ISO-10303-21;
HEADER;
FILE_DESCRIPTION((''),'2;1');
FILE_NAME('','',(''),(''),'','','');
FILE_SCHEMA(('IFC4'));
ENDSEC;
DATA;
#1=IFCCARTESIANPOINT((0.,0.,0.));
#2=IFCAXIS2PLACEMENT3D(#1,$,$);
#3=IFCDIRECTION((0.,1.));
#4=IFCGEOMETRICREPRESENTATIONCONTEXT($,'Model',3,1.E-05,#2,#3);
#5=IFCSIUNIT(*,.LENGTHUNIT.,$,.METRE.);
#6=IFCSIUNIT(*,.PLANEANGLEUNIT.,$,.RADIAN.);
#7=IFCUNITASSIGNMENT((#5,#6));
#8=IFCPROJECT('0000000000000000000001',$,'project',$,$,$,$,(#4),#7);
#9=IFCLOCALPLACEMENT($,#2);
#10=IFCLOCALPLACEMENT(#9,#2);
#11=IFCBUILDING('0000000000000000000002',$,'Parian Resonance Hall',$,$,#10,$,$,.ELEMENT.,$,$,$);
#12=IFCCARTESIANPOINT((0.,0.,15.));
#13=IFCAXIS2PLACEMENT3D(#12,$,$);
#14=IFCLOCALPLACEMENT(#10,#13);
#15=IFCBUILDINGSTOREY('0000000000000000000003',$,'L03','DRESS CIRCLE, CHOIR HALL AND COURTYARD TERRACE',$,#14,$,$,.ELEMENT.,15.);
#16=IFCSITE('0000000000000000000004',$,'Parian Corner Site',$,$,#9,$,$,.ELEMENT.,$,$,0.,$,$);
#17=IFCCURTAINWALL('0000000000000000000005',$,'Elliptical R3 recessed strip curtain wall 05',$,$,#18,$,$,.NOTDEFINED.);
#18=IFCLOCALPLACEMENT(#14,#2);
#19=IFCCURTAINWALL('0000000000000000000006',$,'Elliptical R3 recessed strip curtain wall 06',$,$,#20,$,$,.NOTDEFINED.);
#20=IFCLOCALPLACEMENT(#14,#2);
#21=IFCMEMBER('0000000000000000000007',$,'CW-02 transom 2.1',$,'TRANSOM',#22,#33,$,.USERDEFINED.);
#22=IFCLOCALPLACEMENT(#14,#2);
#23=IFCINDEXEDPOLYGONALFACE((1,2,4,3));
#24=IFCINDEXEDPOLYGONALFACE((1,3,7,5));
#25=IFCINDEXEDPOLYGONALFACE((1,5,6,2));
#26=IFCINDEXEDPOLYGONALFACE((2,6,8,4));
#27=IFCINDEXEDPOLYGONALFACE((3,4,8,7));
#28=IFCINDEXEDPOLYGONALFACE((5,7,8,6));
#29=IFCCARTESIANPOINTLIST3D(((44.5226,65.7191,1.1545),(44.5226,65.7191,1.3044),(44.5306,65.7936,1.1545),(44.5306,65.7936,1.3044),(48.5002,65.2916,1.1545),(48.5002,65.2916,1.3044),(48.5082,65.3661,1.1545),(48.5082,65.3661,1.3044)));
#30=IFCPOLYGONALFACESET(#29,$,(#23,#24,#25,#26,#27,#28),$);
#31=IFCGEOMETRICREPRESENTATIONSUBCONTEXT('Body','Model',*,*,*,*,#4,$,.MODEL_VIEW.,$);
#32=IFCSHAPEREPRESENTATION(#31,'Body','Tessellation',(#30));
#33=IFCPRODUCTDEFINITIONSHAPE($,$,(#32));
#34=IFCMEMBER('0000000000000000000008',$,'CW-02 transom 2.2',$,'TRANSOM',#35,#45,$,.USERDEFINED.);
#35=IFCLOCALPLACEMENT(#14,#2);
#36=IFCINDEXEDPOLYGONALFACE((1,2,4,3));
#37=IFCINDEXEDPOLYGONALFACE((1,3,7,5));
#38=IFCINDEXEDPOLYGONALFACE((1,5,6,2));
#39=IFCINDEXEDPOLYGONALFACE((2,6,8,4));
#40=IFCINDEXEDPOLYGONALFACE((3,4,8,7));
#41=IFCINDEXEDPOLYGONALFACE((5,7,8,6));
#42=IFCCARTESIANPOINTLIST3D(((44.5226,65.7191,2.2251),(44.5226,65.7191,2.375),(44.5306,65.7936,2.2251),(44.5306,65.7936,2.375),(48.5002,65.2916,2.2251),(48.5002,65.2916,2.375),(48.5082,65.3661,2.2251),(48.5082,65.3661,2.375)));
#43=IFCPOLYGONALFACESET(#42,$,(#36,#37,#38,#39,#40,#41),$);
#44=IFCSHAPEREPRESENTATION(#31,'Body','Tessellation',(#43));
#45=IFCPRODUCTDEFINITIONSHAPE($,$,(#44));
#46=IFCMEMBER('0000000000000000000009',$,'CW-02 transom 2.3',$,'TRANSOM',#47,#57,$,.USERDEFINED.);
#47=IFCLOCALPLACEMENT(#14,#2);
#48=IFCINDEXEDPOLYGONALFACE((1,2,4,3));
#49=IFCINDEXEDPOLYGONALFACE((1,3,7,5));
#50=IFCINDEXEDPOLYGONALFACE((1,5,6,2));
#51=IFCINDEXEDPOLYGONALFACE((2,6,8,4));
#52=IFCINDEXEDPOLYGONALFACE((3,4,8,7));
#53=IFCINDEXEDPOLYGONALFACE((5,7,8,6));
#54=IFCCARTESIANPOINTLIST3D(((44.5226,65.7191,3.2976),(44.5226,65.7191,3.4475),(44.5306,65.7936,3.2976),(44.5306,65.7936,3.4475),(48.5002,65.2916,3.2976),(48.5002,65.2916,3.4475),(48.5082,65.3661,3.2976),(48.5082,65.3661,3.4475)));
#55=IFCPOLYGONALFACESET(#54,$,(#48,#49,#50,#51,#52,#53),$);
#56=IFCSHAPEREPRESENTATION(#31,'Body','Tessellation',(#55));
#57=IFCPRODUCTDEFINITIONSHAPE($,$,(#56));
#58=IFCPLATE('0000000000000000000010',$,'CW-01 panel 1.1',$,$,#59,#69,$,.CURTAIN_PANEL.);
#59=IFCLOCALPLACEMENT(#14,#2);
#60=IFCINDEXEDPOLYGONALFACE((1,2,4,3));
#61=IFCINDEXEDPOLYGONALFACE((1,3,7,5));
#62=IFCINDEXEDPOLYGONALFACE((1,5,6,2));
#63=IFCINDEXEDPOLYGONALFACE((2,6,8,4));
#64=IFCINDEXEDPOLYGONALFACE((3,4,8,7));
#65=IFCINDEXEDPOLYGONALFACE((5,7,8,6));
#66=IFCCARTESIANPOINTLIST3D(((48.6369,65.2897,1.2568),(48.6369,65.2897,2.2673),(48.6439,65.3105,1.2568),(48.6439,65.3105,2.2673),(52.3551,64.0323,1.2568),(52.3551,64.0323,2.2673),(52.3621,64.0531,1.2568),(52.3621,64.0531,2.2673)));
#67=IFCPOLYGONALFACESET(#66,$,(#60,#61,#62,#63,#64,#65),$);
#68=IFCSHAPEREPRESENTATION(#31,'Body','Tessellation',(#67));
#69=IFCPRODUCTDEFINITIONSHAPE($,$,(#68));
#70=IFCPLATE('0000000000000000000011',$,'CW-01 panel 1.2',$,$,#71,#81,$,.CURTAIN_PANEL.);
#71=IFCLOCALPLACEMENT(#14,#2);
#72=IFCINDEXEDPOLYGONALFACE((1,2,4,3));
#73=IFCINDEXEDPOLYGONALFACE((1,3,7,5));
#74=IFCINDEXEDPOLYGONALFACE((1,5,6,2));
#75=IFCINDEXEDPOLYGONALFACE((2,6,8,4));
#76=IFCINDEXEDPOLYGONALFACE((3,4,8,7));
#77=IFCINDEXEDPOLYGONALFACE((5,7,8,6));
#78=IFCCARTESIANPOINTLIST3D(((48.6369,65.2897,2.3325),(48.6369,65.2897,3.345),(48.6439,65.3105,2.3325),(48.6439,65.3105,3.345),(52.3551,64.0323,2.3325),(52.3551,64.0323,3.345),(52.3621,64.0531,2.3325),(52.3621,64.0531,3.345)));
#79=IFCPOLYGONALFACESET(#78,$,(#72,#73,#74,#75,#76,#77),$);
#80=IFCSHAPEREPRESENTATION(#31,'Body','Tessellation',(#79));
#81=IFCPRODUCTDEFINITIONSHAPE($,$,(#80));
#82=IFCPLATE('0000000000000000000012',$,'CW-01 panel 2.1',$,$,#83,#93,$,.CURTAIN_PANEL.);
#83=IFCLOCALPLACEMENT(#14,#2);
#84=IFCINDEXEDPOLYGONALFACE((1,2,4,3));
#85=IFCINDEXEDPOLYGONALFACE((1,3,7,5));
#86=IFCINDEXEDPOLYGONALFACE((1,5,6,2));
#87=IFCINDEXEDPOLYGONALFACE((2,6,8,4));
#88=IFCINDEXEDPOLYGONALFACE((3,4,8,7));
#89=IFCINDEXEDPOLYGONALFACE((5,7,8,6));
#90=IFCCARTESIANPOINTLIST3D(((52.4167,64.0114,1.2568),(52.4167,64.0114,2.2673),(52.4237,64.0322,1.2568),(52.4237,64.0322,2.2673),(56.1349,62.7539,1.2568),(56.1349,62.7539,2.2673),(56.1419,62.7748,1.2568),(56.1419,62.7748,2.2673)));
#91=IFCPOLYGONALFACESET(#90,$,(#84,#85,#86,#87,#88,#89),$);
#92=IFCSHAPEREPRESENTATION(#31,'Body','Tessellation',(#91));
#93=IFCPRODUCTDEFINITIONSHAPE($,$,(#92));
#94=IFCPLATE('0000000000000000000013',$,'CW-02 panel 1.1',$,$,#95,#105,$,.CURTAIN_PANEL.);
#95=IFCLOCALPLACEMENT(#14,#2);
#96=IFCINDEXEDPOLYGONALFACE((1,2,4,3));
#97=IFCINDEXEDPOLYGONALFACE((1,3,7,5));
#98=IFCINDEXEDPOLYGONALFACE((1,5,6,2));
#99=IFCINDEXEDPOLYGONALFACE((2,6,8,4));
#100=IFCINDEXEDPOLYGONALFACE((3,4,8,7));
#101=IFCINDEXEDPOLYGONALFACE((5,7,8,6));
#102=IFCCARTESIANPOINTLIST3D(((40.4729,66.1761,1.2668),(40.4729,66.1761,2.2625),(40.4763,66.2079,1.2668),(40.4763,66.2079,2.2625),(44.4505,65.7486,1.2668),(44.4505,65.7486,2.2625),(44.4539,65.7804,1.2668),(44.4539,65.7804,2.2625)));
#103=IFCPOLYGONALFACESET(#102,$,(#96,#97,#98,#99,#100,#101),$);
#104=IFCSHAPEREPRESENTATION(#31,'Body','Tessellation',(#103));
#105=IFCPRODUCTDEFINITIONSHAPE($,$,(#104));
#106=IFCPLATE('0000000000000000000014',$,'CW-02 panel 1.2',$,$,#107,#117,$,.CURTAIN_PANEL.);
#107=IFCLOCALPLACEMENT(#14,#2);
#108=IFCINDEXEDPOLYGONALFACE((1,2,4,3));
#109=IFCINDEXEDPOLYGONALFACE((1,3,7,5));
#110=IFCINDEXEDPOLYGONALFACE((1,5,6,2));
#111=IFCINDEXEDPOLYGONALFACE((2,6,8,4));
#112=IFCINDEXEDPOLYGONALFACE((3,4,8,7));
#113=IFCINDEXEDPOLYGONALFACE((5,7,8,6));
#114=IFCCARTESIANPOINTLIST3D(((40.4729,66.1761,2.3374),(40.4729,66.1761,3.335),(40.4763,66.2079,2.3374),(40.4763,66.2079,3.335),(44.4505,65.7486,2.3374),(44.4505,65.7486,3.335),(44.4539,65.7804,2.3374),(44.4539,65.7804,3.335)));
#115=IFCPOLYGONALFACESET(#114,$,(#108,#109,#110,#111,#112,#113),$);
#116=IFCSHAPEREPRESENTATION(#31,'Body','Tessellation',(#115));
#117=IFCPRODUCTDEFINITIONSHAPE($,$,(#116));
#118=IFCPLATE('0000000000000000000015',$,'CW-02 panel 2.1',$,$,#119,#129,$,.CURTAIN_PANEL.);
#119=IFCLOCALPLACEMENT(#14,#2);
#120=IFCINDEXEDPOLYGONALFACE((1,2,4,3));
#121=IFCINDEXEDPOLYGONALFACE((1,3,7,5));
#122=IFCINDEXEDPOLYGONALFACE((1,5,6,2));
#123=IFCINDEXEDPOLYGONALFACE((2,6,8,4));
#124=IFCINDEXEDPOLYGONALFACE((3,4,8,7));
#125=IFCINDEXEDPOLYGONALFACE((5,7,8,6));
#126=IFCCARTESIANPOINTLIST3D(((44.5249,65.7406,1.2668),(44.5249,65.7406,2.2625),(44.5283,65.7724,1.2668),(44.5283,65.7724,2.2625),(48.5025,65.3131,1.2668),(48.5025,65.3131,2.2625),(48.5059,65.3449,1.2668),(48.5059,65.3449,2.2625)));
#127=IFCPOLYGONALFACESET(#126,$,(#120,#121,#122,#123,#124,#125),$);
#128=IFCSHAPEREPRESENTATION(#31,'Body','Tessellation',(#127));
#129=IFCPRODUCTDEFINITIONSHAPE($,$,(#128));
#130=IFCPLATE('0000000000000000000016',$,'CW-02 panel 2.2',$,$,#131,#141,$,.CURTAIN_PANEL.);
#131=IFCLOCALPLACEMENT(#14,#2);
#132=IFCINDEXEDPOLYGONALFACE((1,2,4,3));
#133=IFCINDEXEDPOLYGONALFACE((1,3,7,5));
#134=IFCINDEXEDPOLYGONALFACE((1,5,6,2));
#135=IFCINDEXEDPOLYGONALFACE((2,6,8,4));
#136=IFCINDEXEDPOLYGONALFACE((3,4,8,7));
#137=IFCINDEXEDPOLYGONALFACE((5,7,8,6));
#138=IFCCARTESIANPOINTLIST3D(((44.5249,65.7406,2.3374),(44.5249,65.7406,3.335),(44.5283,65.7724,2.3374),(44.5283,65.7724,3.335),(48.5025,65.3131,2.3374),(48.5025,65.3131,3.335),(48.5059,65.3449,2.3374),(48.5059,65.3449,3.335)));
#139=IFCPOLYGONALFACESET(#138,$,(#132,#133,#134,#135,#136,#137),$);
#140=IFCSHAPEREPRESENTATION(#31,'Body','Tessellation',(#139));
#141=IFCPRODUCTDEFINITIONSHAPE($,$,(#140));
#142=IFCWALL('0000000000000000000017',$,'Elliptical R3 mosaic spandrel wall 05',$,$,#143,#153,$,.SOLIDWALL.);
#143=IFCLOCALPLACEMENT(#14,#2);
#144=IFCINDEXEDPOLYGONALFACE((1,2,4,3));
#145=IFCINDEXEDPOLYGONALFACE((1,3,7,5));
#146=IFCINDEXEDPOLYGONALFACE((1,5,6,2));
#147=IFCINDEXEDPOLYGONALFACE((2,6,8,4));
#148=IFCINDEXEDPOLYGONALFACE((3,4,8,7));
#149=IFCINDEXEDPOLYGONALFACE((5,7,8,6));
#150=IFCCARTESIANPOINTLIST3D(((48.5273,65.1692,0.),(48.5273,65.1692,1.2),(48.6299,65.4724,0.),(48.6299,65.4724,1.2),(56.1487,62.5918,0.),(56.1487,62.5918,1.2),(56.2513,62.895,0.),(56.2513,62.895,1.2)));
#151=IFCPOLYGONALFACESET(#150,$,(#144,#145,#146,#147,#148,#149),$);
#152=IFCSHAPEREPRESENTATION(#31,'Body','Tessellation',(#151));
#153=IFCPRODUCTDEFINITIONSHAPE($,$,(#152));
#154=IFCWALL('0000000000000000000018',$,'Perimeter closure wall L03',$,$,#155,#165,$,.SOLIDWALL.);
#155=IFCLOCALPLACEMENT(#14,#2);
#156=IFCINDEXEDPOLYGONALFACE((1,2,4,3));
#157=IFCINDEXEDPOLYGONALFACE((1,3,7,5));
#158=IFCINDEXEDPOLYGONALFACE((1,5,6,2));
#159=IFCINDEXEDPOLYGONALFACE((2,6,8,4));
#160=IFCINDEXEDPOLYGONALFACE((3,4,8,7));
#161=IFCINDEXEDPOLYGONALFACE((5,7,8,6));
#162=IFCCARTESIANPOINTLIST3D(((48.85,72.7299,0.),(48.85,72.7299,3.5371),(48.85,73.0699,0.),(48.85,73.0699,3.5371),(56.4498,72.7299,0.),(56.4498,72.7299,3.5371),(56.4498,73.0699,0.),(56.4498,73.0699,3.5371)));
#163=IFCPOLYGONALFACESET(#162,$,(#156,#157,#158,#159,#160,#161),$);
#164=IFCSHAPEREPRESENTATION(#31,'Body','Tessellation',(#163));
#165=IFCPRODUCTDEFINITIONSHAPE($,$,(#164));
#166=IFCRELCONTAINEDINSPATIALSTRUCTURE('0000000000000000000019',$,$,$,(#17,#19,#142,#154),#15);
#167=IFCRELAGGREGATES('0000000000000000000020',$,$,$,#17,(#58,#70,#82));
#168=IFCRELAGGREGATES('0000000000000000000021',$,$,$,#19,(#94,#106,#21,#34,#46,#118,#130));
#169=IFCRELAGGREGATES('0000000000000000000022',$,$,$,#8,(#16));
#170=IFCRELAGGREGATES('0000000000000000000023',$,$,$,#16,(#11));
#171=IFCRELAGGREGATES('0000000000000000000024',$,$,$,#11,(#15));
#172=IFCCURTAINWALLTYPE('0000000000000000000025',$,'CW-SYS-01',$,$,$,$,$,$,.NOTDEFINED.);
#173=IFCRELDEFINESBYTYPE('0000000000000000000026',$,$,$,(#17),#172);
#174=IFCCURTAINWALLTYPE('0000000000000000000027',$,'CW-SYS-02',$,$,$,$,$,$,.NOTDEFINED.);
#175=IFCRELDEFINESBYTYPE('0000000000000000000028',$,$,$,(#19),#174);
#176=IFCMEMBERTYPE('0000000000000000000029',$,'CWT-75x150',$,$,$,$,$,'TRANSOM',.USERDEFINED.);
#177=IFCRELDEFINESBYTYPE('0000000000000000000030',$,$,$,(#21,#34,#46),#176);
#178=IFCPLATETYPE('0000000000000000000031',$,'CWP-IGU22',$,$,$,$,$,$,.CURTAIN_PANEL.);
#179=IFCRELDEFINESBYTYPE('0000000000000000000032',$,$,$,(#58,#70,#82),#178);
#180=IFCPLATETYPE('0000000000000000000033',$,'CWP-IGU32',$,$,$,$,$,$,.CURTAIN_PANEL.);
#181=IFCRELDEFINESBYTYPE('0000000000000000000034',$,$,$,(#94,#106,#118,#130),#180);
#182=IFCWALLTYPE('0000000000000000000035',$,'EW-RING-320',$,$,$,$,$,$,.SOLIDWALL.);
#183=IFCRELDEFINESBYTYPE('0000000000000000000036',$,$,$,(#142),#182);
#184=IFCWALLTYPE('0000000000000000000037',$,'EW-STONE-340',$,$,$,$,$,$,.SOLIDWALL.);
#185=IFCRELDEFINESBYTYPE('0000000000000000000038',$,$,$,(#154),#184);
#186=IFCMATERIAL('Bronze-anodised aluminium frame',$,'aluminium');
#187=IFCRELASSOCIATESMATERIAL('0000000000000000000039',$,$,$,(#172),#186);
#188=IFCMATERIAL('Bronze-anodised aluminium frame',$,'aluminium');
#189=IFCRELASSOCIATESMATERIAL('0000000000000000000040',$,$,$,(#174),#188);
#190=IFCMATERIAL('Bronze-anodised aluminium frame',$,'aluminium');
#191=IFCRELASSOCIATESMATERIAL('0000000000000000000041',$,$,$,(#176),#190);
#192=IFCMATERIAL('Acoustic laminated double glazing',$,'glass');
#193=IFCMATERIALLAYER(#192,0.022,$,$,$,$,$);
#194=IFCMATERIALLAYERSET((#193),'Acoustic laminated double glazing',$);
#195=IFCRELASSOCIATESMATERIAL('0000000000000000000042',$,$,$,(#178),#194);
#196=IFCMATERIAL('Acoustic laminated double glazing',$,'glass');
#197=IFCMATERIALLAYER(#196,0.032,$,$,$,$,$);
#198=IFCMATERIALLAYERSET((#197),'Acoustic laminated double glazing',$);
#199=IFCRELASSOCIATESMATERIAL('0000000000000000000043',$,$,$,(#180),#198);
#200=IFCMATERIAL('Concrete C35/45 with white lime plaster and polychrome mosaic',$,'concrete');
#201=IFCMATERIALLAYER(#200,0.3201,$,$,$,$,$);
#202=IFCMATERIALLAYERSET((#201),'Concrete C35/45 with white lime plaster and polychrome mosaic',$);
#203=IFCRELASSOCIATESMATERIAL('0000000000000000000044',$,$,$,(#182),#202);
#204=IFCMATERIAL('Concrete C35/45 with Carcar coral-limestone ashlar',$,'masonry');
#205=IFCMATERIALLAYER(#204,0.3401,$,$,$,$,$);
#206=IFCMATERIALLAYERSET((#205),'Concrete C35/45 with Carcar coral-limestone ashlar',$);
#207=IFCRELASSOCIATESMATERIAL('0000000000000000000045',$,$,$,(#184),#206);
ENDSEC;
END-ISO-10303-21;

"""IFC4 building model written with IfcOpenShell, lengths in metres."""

from ifc_helpers import new_model, si_unit, direction, frame, frame_2d, origin, origin_2d, place, context, subcontext, project, spatial, rectangle, extrude, material, layer, layer_set, material_profile, profile_set, type_object, element, aggregate, save


model = new_model("IFC4")

# Units and contexts
model_context = context("Model", 3, precision=1e-05, world=origin(), true_north=direction((0.0, 1.0)))
body_context = subcontext(model_context, "Body", "Model", "MODEL_VIEW")
ifc_project = project(units=[si_unit("LENGTHUNIT", "METRE"), si_unit("PLANEANGLEUNIT", "RADIAN")], contexts=[model_context])

# Site, building, storey
site_placement = place(None, origin())
site = spatial("IfcSite", under=ifc_project, at=site_placement, Name="Parian Corner Site", CompositionType="ELEMENT", RefElevation=0.0)
building_placement = place(site_placement, origin())
building = spatial("IfcBuilding", under=site, at=building_placement, Name="Parian Resonance Hall", CompositionType="ELEMENT")
storey_placement = place(building_placement, frame((0.0, 0.0, 15.0)))
storey = spatial("IfcBuildingStorey", under=building, at=storey_placement, Name="L03", Description="DRESS CIRCLE, CHOIR HALL AND COURTYARD TERRACE", CompositionType="ELEMENT", Elevation=15.0)

# Curtain walls
ifc_material_1 = material(Name="Bronze-anodised aluminium frame", Category="aluminium")
curtain_wall_type_1 = type_object("IfcCurtainWallType", Name="CW-SYS-01", PredefinedType="NOTDEFINED", material=ifc_material_1)
curtain_wall_1_placement = place(storey_placement, origin())
curtain_wall_1 = element("IfcCurtainWall", 1, at=curtain_wall_1_placement, inside=storey, type_object=curtain_wall_type_1, Name="Elliptical R3 recessed strip curtain wall 05", PredefinedType="NOTDEFINED")
ifc_material_2 = material(Name="Bronze-anodised aluminium frame", Category="aluminium")
curtain_wall_type_2 = type_object("IfcCurtainWallType", Name="CW-SYS-02", PredefinedType="NOTDEFINED", material=ifc_material_2)
curtain_wall_2_placement = place(storey_placement, origin())
curtain_wall_2 = element("IfcCurtainWall", 2, at=curtain_wall_2_placement, inside=storey, type_object=curtain_wall_type_2, Name="Elliptical R3 recessed strip curtain wall 06", PredefinedType="NOTDEFINED")

# Members
ifc_material_3 = material(Name="Bronze-anodised aluminium frame", Category="aluminium")
ifc_material_profile_1 = material_profile(ifc_material_3, rectangle(XDim=0.075, YDim=0.1499, at=origin_2d()), Name="CWT-75x150")
ifc_profile_set_1 = profile_set([ifc_material_profile_1], Name="Bronze-anodised aluminium frame")
member_type_1 = type_object("IfcMemberType", Name="CWT-75x150", ElementType="TRANSOM", PredefinedType="USERDEFINED", material=ifc_profile_set_1)
member_1_placement = place(storey_placement, frame((44.5266, 65.7563, 1.2295), z_axis=(0.994274, -0.106861, 0.0), x_axis=(0.106861, 0.994274, 0.0)))
member_1 = element("IfcMember", 3, at=member_1_placement, type_object=member_type_1, Name="CW-02 transom 2.1", ObjectType="TRANSOM", PredefinedType="USERDEFINED", context=body_context, shape_type="SweptSolid", body=[
    extrude(rectangle(XDim=0.075, YDim=0.1499, at=origin_2d()), origin(), (0.0, 0.0, 1.0), 4.0005),
])
member_2_placement = place(storey_placement, frame((44.5266, 65.7563, 2.3), z_axis=(0.994274, -0.106861, 0.0), x_axis=(0.106861, 0.994274, 0.0)))
member_2 = element("IfcMember", 4, at=member_2_placement, type_object=member_type_1, Name="CW-02 transom 2.2", ObjectType="TRANSOM", PredefinedType="USERDEFINED", context=body_context, shape_type="SweptSolid", body=[
    extrude(rectangle(XDim=0.075, YDim=0.1499, at=origin_2d()), origin(), (0.0, 0.0, 1.0), 4.0005),
])
member_3_placement = place(storey_placement, frame((44.5266, 65.7563, 3.3726), z_axis=(0.994274, -0.106861, 0.0), x_axis=(0.106861, 0.994274, 0.0)))
member_3 = element("IfcMember", 5, at=member_3_placement, type_object=member_type_1, Name="CW-02 transom 2.3", ObjectType="TRANSOM", PredefinedType="USERDEFINED", context=body_context, shape_type="SweptSolid", body=[
    extrude(rectangle(XDim=0.075, YDim=0.1499, at=origin_2d()), origin(), (0.0, 0.0, 1.0), 4.0005),
])

# Plates
ifc_material_4 = material(Name="Acoustic laminated double glazing", Category="glass")
ifc_layer_1 = layer(ifc_material_4, 0.022)
ifc_layer_set_1 = layer_set([ifc_layer_1], Name="Acoustic laminated double glazing")
plate_type_1 = type_object("IfcPlateType", Name="CWP-IGU22", PredefinedType="CURTAIN_PANEL", material=ifc_layer_set_1)
plate_1_placement = place(storey_placement, frame((50.4995, 64.6714, 1.2568), z_axis=(0.0, 0.0, 1.0), x_axis=(0.947296, -0.32036, 0.0)))
plate_1 = element("IfcPlate", 6, at=plate_1_placement, type_object=plate_type_1, Name="CW-01 panel 1.1", PredefinedType="CURTAIN_PANEL", context=body_context, shape_type="SweptSolid", body=[
    extrude(rectangle(XDim=3.925, YDim=0.022, at=origin_2d()), origin(), (0.0, 0.0, 1.0), 1.0105),
])
plate_2_placement = place(storey_placement, frame((50.4995, 64.6714, 2.3325), z_axis=(0.0, 0.0, 1.0), x_axis=(0.947296, -0.32036, 0.0)))
plate_2 = element("IfcPlate", 7, at=plate_2_placement, type_object=plate_type_1, Name="CW-01 panel 1.2", PredefinedType="CURTAIN_PANEL", context=body_context, shape_type="SweptSolid", body=[
    extrude(rectangle(XDim=3.925, YDim=0.022, at=origin_2d()), origin(), (0.0, 0.0, 1.0), 1.0125),
])
plate_3_placement = place(storey_placement, frame((54.2793, 63.3931, 1.2568), z_axis=(0.0, 0.0, 1.0), x_axis=(0.947296, -0.32036, 0.0)))
plate_3 = element("IfcPlate", 8, at=plate_3_placement, type_object=plate_type_1, Name="CW-01 panel 2.1", PredefinedType="CURTAIN_PANEL", context=body_context, shape_type="SweptSolid", body=[
    extrude(rectangle(XDim=3.925, YDim=0.022, at=origin_2d()), origin(), (0.0, 0.0, 1.0), 1.0105),
])
aggregate(curtain_wall_1, [plate_1, plate_2, plate_3])
ifc_material_5 = material(Name="Acoustic laminated double glazing", Category="glass")
ifc_layer_2 = layer(ifc_material_5, 0.032)
ifc_layer_set_2 = layer_set([ifc_layer_2], Name="Acoustic laminated double glazing")
plate_type_2 = type_object("IfcPlateType", Name="CWP-IGU32", PredefinedType="CURTAIN_PANEL", material=ifc_layer_set_2)
plate_4_placement = place(storey_placement, frame((42.4634, 65.9783, 1.2668), z_axis=(0.0, 0.0, 1.0), x_axis=(0.994273, -0.106871, 0.0)))
plate_4 = element("IfcPlate", 9, at=plate_4_placement, type_object=plate_type_2, Name="CW-02 panel 1.1", PredefinedType="CURTAIN_PANEL", context=body_context, shape_type="SweptSolid", body=[
    extrude(rectangle(XDim=4.0005, YDim=0.032, at=origin_2d()), origin(), (0.0, 0.0, 1.0), 0.9956),
])
plate_5_placement = place(storey_placement, frame((42.4634, 65.9783, 2.3374), z_axis=(0.0, 0.0, 1.0), x_axis=(0.994273, -0.106871, 0.0)))
plate_5 = element("IfcPlate", 10, at=plate_5_placement, type_object=plate_type_2, Name="CW-02 panel 1.2", PredefinedType="CURTAIN_PANEL", context=body_context, shape_type="SweptSolid", body=[
    extrude(rectangle(XDim=4.0005, YDim=0.032, at=origin_2d()), origin(), (0.0, 0.0, 1.0), 0.9976),
])
plate_6_placement = place(storey_placement, frame((46.5154, 65.5427, 1.2668), z_axis=(0.0, 0.0, 1.0), x_axis=(0.994273, -0.106871, 0.0)))
plate_6 = element("IfcPlate", 11, at=plate_6_placement, type_object=plate_type_2, Name="CW-02 panel 2.1", PredefinedType="CURTAIN_PANEL", context=body_context, shape_type="SweptSolid", body=[
    extrude(rectangle(XDim=4.0005, YDim=0.032, at=origin_2d()), origin(), (0.0, 0.0, 1.0), 0.9956),
])
plate_7_placement = place(storey_placement, frame((46.5154, 65.5427, 2.3374), z_axis=(0.0, 0.0, 1.0), x_axis=(0.994273, -0.106871, 0.0)))
plate_7 = element("IfcPlate", 12, at=plate_7_placement, type_object=plate_type_2, Name="CW-02 panel 2.2", PredefinedType="CURTAIN_PANEL", context=body_context, shape_type="SweptSolid", body=[
    extrude(rectangle(XDim=4.0005, YDim=0.032, at=origin_2d()), origin(), (0.0, 0.0, 1.0), 0.9976),
])
aggregate(curtain_wall_2, [plate_4, plate_5, member_1, member_2, member_3, plate_6, plate_7])

# Walls
ifc_material_6 = material(Name="Concrete C35/45 with white lime plaster and polychrome mosaic", Category="concrete")
ifc_layer_3 = layer(ifc_material_6, 0.3201)
ifc_layer_set_3 = layer_set([ifc_layer_3], Name="Concrete C35/45 with white lime plaster and polychrome mosaic")
wall_type_1 = type_object("IfcWallType", Name="EW-RING-320", PredefinedType="SOLIDWALL", material=ifc_layer_set_3)
wall_1_placement = place(storey_placement, frame((48.5786, 65.3208, 0.0), z_axis=(0.0, 0.0, 1.0), x_axis=(0.947297, -0.320358, 0.0)))
element("IfcWall", 13, at=wall_1_placement, inside=storey, type_object=wall_type_1, Name="Elliptical R3 mosaic spandrel wall 05", PredefinedType="SOLIDWALL", context=body_context, shape_type="SweptSolid", body=[
    extrude(rectangle(XDim=8.0454, YDim=0.3201, at=frame_2d((4.0227, 0.0))), origin(), (0.0, 0.0, 1.0), 1.2),
])
ifc_material_7 = material(Name="Concrete C35/45 with Carcar coral-limestone ashlar", Category="masonry")
ifc_layer_4 = layer(ifc_material_7, 0.3401)
ifc_layer_set_4 = layer_set([ifc_layer_4], Name="Concrete C35/45 with Carcar coral-limestone ashlar")
wall_type_2 = type_object("IfcWallType", Name="EW-STONE-340", PredefinedType="SOLIDWALL", material=ifc_layer_set_4)
wall_2_placement = place(storey_placement, frame((48.8501, 72.8999, 0.0), z_axis=(0.0, 0.0, 1.0), x_axis=(1.0, 0.0, 0.0)))
element("IfcWall", 14, at=wall_2_placement, inside=storey, type_object=wall_type_2, Name="Perimeter closure wall L03", PredefinedType="SOLIDWALL", context=body_context, shape_type="SweptSolid", body=[
    extrude(rectangle(XDim=7.5999, YDim=0.3401, at=frame_2d((3.7998, 0.0))), origin(), (0.0, 0.0, 1.0), 3.5371),
])

save(model, "model.ifc")
